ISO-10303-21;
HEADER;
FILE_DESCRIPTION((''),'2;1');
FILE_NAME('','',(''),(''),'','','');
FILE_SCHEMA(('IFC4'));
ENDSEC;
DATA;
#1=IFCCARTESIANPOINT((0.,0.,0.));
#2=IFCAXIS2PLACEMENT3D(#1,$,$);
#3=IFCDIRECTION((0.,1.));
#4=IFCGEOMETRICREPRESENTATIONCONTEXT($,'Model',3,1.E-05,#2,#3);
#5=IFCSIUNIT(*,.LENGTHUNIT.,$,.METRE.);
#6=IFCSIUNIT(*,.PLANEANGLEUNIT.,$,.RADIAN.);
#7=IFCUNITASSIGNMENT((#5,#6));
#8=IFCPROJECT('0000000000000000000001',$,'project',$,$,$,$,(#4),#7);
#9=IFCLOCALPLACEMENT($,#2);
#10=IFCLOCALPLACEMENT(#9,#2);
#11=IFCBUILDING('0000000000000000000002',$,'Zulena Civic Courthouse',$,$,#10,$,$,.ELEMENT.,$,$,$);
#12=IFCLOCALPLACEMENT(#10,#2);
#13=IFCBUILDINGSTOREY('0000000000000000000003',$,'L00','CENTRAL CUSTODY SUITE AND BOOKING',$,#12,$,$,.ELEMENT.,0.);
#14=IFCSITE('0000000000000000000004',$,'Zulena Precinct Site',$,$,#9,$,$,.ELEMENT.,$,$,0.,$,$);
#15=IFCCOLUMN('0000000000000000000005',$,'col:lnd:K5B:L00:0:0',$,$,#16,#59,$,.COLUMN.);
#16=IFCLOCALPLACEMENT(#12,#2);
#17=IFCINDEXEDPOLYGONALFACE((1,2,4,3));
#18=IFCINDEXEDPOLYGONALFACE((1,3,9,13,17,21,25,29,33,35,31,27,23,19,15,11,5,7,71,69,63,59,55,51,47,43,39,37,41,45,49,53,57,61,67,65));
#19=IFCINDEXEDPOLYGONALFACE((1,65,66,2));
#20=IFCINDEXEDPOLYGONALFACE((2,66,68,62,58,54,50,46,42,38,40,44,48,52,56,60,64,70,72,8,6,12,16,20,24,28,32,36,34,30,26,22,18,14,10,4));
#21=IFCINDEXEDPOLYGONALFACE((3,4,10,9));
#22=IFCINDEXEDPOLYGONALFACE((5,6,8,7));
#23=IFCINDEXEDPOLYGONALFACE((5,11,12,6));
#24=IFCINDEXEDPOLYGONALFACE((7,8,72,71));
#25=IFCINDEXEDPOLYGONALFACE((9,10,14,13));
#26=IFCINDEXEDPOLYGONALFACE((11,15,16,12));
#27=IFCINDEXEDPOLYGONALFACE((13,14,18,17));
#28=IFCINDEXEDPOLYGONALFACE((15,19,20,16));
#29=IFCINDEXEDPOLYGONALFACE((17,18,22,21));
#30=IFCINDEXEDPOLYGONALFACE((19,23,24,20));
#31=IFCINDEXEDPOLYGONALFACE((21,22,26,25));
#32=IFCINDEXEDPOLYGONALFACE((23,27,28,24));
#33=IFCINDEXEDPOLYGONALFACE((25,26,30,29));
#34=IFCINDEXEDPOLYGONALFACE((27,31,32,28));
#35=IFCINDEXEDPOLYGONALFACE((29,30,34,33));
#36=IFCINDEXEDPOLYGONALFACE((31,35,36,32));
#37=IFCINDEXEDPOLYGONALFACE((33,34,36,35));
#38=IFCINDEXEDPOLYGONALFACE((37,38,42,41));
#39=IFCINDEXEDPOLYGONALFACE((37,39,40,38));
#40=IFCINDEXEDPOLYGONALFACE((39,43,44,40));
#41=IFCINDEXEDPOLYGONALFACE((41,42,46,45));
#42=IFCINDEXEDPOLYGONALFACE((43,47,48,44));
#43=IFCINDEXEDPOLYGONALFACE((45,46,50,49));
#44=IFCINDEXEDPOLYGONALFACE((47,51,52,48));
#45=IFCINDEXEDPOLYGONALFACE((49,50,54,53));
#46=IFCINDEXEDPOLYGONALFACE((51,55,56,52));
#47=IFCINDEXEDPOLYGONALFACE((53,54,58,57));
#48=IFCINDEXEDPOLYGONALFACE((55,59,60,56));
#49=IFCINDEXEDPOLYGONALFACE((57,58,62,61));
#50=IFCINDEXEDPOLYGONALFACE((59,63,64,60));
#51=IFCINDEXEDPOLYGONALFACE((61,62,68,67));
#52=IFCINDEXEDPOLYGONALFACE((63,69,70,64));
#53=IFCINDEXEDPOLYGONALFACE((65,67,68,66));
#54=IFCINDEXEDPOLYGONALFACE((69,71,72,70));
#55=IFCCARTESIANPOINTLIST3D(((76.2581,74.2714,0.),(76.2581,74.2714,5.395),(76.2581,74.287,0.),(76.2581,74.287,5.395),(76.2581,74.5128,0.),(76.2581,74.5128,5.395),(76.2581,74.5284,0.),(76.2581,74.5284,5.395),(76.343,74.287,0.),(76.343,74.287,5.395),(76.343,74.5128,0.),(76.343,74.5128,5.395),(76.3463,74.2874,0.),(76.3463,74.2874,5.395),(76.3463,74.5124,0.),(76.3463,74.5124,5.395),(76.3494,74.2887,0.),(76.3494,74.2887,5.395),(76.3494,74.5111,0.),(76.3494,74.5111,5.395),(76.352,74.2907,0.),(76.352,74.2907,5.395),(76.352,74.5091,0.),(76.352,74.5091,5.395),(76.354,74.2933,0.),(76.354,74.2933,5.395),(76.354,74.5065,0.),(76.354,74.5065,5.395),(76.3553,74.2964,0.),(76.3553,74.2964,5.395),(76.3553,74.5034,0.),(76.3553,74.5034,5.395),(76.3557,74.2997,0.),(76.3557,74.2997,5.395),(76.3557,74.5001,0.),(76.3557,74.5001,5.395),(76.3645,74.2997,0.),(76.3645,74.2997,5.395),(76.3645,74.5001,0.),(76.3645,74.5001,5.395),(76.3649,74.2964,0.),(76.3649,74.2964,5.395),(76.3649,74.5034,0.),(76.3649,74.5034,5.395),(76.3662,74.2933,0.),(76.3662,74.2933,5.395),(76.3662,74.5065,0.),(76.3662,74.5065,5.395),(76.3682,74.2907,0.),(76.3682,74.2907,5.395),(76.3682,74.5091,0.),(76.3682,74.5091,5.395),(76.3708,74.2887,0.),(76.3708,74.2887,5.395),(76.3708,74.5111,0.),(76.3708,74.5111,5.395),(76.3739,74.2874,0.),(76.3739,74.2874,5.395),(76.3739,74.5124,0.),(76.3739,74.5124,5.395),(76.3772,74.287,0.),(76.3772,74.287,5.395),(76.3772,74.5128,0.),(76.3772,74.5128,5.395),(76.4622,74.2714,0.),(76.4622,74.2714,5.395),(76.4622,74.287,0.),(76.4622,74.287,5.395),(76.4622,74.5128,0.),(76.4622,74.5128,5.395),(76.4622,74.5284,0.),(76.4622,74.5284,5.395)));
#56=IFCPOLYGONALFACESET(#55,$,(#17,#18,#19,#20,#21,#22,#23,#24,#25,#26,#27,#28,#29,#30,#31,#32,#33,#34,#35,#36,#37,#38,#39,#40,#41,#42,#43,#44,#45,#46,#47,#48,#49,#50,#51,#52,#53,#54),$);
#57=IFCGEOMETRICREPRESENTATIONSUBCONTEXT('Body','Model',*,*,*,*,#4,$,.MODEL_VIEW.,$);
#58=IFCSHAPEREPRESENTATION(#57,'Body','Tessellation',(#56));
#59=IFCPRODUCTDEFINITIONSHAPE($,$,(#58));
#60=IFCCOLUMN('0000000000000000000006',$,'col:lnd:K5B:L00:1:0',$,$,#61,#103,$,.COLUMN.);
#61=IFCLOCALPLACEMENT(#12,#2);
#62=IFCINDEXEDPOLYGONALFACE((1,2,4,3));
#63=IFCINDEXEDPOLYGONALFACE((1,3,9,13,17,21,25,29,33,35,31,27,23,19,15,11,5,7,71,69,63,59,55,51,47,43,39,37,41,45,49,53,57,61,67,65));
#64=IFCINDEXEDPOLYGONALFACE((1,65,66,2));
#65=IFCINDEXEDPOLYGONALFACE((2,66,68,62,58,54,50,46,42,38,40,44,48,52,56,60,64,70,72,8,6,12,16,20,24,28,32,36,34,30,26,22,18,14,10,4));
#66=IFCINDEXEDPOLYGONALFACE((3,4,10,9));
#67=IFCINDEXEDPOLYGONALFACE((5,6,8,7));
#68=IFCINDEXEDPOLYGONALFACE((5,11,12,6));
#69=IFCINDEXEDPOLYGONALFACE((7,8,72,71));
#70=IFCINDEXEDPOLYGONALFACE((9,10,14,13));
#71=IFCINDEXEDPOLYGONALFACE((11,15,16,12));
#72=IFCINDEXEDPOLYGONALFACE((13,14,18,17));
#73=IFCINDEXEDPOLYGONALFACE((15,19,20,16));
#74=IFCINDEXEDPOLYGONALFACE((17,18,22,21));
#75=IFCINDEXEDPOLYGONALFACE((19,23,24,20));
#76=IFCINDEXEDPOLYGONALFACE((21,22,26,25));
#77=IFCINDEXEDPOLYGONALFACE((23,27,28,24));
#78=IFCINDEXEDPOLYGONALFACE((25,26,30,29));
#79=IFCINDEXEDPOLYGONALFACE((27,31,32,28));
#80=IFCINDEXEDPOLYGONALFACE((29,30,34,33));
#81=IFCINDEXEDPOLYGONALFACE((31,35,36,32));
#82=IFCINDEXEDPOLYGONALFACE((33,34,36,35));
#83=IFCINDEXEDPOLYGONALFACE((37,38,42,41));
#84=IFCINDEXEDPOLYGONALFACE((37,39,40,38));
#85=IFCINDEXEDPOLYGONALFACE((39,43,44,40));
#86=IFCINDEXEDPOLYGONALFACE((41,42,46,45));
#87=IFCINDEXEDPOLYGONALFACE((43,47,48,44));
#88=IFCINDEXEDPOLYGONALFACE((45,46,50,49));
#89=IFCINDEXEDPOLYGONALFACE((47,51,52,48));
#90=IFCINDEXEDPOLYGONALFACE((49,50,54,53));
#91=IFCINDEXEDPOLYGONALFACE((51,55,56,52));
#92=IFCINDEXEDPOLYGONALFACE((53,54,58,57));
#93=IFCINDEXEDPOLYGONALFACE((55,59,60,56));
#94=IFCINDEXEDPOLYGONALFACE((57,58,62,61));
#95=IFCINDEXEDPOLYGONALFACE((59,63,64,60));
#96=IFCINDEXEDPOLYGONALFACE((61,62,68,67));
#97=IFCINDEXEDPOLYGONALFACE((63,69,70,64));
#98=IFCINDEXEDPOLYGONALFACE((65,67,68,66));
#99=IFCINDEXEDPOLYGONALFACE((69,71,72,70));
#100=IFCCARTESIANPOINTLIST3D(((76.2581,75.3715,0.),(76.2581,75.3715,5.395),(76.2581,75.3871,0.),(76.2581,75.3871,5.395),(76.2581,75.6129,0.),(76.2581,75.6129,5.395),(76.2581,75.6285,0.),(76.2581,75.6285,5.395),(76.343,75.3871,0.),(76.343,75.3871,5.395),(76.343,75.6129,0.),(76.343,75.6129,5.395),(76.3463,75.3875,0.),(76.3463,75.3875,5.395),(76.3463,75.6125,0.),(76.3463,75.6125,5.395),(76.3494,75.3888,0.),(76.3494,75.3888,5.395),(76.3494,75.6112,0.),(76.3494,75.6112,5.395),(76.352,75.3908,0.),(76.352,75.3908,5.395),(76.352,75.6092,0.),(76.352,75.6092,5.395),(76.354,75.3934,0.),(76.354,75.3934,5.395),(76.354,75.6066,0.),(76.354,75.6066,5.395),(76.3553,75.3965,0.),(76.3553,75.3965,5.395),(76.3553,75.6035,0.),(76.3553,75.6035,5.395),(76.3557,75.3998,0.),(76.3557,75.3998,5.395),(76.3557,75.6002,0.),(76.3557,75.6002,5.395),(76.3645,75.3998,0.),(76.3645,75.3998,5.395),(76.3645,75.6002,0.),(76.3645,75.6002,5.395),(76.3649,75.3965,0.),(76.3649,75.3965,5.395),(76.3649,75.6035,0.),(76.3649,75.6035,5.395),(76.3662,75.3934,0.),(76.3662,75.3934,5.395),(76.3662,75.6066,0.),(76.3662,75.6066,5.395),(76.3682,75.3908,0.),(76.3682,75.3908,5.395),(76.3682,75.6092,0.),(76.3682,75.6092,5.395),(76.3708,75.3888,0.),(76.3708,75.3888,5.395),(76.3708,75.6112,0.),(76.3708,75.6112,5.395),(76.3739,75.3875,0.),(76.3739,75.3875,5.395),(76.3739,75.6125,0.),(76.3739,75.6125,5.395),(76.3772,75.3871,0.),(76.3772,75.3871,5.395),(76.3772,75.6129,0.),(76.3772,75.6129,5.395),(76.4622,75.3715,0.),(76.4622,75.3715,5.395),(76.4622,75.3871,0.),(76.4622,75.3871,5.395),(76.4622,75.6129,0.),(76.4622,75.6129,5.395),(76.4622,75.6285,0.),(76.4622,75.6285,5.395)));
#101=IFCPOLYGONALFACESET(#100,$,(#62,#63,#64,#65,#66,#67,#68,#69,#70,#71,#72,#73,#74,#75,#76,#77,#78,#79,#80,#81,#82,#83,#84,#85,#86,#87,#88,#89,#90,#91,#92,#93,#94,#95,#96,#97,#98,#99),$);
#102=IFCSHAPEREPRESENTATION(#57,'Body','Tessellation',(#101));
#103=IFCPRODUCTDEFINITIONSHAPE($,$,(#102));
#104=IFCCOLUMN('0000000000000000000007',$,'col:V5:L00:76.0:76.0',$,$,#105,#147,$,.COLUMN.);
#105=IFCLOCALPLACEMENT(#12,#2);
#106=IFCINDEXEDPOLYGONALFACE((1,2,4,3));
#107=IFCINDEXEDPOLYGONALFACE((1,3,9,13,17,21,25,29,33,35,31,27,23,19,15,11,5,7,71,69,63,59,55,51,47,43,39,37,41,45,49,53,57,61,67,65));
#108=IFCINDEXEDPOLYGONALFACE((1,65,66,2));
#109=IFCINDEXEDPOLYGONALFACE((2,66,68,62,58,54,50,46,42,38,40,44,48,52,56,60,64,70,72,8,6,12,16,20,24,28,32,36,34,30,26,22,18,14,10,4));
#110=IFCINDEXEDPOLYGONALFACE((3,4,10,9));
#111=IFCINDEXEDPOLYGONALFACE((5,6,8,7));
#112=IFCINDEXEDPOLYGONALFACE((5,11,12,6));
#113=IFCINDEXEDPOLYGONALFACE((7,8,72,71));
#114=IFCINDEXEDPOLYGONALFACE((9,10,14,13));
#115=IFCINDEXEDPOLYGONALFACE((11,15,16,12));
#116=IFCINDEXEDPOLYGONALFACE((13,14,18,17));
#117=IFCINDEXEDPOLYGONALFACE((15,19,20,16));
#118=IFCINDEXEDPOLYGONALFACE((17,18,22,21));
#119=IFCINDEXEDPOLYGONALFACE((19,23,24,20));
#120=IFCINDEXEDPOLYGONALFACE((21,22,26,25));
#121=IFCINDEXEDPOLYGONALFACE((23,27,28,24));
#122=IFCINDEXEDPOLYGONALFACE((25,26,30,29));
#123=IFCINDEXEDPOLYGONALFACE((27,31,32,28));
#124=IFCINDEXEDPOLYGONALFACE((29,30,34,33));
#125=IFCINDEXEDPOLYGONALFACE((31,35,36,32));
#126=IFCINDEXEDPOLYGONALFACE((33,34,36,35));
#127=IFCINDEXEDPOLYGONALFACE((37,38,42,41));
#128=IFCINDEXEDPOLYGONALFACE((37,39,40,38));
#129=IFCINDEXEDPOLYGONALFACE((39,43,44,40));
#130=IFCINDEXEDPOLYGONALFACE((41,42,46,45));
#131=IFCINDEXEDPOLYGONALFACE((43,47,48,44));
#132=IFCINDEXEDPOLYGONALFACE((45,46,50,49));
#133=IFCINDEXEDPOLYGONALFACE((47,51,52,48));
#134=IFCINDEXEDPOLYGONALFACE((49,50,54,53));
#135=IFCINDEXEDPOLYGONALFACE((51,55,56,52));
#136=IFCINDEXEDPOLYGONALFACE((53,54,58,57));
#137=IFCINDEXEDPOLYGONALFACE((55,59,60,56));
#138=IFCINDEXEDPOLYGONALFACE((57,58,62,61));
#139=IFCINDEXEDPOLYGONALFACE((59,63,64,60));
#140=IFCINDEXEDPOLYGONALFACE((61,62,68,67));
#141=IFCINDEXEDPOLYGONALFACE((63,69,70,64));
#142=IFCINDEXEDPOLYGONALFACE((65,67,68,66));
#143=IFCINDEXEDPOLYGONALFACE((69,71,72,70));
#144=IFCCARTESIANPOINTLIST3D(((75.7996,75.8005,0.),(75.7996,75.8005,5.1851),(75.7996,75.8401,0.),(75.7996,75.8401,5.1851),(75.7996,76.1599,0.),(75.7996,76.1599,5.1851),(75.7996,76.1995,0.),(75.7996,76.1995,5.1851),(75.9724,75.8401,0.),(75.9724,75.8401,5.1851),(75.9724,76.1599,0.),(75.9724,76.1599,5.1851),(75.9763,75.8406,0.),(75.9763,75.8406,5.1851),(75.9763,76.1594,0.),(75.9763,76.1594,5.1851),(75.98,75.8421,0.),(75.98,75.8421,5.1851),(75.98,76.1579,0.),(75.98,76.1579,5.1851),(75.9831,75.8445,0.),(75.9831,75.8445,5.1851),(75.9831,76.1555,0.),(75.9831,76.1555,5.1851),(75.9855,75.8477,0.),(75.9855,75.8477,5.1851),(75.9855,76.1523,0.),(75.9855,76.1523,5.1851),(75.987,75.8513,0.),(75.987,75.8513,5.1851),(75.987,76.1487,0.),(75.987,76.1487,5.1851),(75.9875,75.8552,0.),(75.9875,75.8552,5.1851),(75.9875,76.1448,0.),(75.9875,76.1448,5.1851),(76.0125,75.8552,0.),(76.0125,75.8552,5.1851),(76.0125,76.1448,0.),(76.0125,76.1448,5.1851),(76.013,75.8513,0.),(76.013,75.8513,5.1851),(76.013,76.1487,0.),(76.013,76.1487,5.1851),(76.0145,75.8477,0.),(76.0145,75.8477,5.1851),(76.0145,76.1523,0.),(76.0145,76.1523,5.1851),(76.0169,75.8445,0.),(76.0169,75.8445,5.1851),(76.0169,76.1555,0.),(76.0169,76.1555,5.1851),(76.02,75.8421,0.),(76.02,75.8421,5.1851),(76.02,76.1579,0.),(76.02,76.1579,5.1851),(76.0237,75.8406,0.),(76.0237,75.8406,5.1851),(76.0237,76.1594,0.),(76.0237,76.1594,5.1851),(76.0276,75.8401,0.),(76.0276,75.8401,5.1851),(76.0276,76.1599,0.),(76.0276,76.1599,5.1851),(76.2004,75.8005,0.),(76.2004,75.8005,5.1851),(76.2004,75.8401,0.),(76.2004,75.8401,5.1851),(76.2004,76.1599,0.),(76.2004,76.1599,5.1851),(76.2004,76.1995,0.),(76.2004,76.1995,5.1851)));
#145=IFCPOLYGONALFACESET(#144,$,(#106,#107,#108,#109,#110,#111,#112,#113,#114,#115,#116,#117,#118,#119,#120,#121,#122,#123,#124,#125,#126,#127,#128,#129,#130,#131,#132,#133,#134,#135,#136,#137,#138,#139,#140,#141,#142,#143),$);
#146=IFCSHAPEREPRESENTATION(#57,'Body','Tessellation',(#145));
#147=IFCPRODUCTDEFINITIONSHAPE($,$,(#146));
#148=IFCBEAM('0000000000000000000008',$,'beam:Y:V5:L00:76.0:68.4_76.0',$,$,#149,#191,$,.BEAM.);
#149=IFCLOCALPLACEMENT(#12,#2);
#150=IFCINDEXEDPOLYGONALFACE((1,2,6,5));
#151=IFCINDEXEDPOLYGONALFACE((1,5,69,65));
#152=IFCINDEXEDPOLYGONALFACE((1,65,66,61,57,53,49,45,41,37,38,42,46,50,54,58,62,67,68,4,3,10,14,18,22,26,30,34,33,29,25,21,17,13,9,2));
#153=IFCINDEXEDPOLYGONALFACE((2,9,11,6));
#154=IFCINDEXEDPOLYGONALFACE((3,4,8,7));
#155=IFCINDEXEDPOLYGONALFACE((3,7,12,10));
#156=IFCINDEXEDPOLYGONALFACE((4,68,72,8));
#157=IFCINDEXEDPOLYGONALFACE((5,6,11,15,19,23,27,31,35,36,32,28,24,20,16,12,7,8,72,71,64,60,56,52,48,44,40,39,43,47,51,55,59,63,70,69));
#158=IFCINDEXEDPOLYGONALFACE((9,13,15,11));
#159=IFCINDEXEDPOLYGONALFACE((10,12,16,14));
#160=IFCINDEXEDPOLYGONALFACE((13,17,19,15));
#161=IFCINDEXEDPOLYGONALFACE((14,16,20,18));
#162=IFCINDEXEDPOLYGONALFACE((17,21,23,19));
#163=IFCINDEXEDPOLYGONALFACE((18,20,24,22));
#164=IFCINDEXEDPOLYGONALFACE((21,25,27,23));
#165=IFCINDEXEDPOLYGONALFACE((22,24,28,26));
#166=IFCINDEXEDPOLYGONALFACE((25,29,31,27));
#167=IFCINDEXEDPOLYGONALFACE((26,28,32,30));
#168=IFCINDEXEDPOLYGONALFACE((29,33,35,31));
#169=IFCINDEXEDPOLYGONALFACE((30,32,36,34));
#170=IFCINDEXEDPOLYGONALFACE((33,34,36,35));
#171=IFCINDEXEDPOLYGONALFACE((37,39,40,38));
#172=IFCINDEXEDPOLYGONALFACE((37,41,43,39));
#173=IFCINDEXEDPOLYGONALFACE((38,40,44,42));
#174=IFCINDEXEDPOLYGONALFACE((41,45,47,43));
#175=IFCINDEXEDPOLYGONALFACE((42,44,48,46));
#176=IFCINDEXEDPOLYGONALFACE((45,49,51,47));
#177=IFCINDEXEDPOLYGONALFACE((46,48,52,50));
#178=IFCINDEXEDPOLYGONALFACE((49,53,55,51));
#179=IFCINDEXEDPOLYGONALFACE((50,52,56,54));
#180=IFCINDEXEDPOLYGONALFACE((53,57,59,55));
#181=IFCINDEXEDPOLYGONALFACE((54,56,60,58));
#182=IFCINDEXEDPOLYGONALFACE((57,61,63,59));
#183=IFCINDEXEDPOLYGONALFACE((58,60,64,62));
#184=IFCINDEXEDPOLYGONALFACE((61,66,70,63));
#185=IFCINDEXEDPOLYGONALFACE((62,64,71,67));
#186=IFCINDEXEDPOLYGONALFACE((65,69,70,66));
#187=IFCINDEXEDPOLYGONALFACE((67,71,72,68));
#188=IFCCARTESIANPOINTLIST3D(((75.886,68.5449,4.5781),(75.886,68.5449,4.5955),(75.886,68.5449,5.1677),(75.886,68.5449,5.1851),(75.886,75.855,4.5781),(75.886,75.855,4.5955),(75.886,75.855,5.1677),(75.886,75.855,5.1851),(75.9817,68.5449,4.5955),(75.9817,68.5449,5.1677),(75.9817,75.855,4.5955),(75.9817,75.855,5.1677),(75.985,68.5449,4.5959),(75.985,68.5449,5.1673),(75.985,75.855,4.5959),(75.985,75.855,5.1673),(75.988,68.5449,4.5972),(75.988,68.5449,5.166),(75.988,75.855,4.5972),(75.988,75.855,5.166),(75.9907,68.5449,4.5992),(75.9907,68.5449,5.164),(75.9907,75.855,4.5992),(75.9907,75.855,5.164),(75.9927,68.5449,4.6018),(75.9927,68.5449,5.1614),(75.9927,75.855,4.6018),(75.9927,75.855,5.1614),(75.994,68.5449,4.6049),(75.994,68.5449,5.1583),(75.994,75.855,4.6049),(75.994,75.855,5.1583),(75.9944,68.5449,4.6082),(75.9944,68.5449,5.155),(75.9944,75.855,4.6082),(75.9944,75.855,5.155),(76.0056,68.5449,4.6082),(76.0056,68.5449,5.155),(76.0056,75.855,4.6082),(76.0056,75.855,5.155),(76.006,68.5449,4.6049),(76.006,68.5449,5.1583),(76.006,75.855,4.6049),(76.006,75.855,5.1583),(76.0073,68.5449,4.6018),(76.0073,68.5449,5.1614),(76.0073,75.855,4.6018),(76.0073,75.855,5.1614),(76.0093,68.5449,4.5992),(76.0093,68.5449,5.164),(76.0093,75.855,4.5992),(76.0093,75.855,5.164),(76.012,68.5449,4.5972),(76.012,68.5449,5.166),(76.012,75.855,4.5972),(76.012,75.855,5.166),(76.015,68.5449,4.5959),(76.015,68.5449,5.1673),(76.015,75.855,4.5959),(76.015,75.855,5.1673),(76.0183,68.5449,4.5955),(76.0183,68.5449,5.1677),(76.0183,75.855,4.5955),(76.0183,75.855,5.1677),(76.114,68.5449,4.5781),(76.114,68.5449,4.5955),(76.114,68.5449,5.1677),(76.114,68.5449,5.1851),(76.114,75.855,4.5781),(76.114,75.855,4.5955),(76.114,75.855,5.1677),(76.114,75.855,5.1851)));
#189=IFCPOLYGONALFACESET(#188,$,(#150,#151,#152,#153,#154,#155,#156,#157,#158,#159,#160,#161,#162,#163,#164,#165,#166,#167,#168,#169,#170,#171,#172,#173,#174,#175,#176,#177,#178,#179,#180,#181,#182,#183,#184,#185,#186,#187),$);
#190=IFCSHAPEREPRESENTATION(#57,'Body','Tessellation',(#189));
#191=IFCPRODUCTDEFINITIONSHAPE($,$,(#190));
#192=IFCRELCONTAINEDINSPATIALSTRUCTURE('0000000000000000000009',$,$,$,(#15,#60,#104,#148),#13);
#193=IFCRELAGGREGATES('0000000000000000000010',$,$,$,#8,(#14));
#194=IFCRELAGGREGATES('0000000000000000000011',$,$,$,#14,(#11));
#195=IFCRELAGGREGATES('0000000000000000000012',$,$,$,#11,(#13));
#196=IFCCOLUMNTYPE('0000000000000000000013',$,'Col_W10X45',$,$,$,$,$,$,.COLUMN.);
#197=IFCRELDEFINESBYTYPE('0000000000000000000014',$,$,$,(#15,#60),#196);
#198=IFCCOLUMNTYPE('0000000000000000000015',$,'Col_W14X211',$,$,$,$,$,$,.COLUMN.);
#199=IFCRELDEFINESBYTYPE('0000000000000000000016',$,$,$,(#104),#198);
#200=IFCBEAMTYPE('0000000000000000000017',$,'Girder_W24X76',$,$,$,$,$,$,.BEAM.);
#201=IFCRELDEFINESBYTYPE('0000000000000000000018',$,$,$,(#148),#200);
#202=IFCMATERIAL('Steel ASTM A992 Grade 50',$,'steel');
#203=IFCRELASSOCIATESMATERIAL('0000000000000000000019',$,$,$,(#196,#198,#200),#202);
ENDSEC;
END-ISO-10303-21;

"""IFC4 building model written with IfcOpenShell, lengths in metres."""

from ifc_helpers import new_model, si_unit, direction, frame, origin, origin_2d, place, context, subcontext, project, spatial, i_section, extrude, material, material_profile, profile_set, type_object, element, save


model = new_model("IFC4")

# Units and contexts
model_context = context("Model", 3, precision=1e-05, world=origin(), true_north=direction((0.0, 1.0)))
body_context = subcontext(model_context, "Body", "Model", "MODEL_VIEW")
ifc_project = project(units=[si_unit("LENGTHUNIT", "METRE"), si_unit("PLANEANGLEUNIT", "RADIAN")], contexts=[model_context])

# Site, building, storey
site_placement = place(None, origin())
site = spatial("IfcSite", under=ifc_project, at=site_placement, Name="Zulena Precinct Site", CompositionType="ELEMENT", RefElevation=0.0)
building_placement = place(site_placement, origin())
building = spatial("IfcBuilding", under=site, at=building_placement, Name="Zulena Civic Courthouse", CompositionType="ELEMENT")
storey_placement = place(building_placement, origin())
storey = spatial("IfcBuildingStorey", under=building, at=storey_placement, Name="L00", Description="CENTRAL CUSTODY SUITE AND BOOKING", CompositionType="ELEMENT", Elevation=0.0)

# Columns
ifc_material_1 = material(Name="Steel ASTM A992 Grade 50", Category="steel")
ifc_material_profile_1 = material_profile(ifc_material_1, i_section(OverallWidth=0.2041, OverallDepth=0.2571, WebThickness=0.0088, FlangeThickness=0.0156, FilletRadius=0.0127, at=origin_2d()), Name="W10X45")
ifc_profile_set_1 = profile_set([ifc_material_profile_1], Name="Steel ASTM A992 Grade 50")
column_type_1 = type_object("IfcColumnType", Name="Col_W10X45", PredefinedType="COLUMN", material=ifc_profile_set_1)
for number, where, z_axis, x_axis, name in (
    (1, (76.3601, 74.3999, 0.0), (0.0, 0.0, 1.0), (1.0, 0.0, 0.0), "col:lnd:K5B:L00:0:0"),
    (2, (76.3601, 75.5, 0.0), (0.0, 0.0, 1.0), (1.0, 0.0, 0.0), "col:lnd:K5B:L00:1:0"),
):
    element("IfcColumn", number, at=place(storey_placement, frame(where, z_axis=z_axis, x_axis=x_axis)), inside=storey, type_object=column_type_1, Name=name, PredefinedType="COLUMN", context=body_context, shape_type="SweptSolid", body=[
        extrude(i_section(OverallWidth=0.2041, OverallDepth=0.2571, WebThickness=0.0088, FlangeThickness=0.0156, FilletRadius=0.0127, at=origin_2d()), origin(), (0.0, 0.0, 1.0), 5.395),
    ])
ifc_material_profile_2 = material_profile(ifc_material_1, i_section(OverallWidth=0.4009, OverallDepth=0.3989, WebThickness=0.0249, FlangeThickness=0.0396, FilletRadius=0.0151, at=origin_2d()), Name="W14X211")
ifc_profile_set_2 = profile_set([ifc_material_profile_2], Name="Steel ASTM A992 Grade 50")
column_type_2 = type_object("IfcColumnType", Name="Col_W14X211", PredefinedType="COLUMN", material=ifc_profile_set_2)
column_placement = place(storey_placement, frame((76.0, 76.0, 0.0), z_axis=(0.0, 0.0, 1.0), x_axis=(1.0, 0.0, 0.0)))
element("IfcColumn", 3, at=column_placement, inside=storey, type_object=column_type_2, Name="col:V5:L00:76.0:76.0", PredefinedType="COLUMN", context=body_context, shape_type="SweptSolid", body=[
    extrude(i_section(OverallWidth=0.4009, OverallDepth=0.3989, WebThickness=0.0249, FlangeThickness=0.0396, FilletRadius=0.0151, at=origin_2d()), origin(), (0.0, 0.0, 1.0), 5.1851),
])

# Beam
ifc_material_profile_3 = material_profile(ifc_material_1, i_section(OverallWidth=0.228, OverallDepth=0.6069, WebThickness=0.0112, FlangeThickness=0.0173, FilletRadius=0.0127, at=origin_2d()), Name="W24X76")
ifc_profile_set_3 = profile_set([ifc_material_profile_3], Name="Steel ASTM A992 Grade 50")
beam_type_1 = type_object("IfcBeamType", Name="Girder_W24X76", PredefinedType="BEAM", material=ifc_profile_set_3)
beam_1_placement = place(storey_placement, frame((76.0, 68.5449, 4.8816), z_axis=(0.0, 1.0, 0.0), x_axis=(-1.0, 0.0, 0.0)))
element("IfcBeam", 4, at=beam_1_placement, inside=storey, type_object=beam_type_1, Name="beam:Y:V5:L00:76.0:68.4_76.0", PredefinedType="BEAM", context=body_context, shape_type="SweptSolid", body=[
    extrude(i_section(OverallWidth=0.228, OverallDepth=0.6069, WebThickness=0.0112, FlangeThickness=0.0173, FilletRadius=0.0127, at=origin_2d()), origin(), (0.0, 0.0, 1.0), 7.3101),
])

save(model, "model.ifc")
